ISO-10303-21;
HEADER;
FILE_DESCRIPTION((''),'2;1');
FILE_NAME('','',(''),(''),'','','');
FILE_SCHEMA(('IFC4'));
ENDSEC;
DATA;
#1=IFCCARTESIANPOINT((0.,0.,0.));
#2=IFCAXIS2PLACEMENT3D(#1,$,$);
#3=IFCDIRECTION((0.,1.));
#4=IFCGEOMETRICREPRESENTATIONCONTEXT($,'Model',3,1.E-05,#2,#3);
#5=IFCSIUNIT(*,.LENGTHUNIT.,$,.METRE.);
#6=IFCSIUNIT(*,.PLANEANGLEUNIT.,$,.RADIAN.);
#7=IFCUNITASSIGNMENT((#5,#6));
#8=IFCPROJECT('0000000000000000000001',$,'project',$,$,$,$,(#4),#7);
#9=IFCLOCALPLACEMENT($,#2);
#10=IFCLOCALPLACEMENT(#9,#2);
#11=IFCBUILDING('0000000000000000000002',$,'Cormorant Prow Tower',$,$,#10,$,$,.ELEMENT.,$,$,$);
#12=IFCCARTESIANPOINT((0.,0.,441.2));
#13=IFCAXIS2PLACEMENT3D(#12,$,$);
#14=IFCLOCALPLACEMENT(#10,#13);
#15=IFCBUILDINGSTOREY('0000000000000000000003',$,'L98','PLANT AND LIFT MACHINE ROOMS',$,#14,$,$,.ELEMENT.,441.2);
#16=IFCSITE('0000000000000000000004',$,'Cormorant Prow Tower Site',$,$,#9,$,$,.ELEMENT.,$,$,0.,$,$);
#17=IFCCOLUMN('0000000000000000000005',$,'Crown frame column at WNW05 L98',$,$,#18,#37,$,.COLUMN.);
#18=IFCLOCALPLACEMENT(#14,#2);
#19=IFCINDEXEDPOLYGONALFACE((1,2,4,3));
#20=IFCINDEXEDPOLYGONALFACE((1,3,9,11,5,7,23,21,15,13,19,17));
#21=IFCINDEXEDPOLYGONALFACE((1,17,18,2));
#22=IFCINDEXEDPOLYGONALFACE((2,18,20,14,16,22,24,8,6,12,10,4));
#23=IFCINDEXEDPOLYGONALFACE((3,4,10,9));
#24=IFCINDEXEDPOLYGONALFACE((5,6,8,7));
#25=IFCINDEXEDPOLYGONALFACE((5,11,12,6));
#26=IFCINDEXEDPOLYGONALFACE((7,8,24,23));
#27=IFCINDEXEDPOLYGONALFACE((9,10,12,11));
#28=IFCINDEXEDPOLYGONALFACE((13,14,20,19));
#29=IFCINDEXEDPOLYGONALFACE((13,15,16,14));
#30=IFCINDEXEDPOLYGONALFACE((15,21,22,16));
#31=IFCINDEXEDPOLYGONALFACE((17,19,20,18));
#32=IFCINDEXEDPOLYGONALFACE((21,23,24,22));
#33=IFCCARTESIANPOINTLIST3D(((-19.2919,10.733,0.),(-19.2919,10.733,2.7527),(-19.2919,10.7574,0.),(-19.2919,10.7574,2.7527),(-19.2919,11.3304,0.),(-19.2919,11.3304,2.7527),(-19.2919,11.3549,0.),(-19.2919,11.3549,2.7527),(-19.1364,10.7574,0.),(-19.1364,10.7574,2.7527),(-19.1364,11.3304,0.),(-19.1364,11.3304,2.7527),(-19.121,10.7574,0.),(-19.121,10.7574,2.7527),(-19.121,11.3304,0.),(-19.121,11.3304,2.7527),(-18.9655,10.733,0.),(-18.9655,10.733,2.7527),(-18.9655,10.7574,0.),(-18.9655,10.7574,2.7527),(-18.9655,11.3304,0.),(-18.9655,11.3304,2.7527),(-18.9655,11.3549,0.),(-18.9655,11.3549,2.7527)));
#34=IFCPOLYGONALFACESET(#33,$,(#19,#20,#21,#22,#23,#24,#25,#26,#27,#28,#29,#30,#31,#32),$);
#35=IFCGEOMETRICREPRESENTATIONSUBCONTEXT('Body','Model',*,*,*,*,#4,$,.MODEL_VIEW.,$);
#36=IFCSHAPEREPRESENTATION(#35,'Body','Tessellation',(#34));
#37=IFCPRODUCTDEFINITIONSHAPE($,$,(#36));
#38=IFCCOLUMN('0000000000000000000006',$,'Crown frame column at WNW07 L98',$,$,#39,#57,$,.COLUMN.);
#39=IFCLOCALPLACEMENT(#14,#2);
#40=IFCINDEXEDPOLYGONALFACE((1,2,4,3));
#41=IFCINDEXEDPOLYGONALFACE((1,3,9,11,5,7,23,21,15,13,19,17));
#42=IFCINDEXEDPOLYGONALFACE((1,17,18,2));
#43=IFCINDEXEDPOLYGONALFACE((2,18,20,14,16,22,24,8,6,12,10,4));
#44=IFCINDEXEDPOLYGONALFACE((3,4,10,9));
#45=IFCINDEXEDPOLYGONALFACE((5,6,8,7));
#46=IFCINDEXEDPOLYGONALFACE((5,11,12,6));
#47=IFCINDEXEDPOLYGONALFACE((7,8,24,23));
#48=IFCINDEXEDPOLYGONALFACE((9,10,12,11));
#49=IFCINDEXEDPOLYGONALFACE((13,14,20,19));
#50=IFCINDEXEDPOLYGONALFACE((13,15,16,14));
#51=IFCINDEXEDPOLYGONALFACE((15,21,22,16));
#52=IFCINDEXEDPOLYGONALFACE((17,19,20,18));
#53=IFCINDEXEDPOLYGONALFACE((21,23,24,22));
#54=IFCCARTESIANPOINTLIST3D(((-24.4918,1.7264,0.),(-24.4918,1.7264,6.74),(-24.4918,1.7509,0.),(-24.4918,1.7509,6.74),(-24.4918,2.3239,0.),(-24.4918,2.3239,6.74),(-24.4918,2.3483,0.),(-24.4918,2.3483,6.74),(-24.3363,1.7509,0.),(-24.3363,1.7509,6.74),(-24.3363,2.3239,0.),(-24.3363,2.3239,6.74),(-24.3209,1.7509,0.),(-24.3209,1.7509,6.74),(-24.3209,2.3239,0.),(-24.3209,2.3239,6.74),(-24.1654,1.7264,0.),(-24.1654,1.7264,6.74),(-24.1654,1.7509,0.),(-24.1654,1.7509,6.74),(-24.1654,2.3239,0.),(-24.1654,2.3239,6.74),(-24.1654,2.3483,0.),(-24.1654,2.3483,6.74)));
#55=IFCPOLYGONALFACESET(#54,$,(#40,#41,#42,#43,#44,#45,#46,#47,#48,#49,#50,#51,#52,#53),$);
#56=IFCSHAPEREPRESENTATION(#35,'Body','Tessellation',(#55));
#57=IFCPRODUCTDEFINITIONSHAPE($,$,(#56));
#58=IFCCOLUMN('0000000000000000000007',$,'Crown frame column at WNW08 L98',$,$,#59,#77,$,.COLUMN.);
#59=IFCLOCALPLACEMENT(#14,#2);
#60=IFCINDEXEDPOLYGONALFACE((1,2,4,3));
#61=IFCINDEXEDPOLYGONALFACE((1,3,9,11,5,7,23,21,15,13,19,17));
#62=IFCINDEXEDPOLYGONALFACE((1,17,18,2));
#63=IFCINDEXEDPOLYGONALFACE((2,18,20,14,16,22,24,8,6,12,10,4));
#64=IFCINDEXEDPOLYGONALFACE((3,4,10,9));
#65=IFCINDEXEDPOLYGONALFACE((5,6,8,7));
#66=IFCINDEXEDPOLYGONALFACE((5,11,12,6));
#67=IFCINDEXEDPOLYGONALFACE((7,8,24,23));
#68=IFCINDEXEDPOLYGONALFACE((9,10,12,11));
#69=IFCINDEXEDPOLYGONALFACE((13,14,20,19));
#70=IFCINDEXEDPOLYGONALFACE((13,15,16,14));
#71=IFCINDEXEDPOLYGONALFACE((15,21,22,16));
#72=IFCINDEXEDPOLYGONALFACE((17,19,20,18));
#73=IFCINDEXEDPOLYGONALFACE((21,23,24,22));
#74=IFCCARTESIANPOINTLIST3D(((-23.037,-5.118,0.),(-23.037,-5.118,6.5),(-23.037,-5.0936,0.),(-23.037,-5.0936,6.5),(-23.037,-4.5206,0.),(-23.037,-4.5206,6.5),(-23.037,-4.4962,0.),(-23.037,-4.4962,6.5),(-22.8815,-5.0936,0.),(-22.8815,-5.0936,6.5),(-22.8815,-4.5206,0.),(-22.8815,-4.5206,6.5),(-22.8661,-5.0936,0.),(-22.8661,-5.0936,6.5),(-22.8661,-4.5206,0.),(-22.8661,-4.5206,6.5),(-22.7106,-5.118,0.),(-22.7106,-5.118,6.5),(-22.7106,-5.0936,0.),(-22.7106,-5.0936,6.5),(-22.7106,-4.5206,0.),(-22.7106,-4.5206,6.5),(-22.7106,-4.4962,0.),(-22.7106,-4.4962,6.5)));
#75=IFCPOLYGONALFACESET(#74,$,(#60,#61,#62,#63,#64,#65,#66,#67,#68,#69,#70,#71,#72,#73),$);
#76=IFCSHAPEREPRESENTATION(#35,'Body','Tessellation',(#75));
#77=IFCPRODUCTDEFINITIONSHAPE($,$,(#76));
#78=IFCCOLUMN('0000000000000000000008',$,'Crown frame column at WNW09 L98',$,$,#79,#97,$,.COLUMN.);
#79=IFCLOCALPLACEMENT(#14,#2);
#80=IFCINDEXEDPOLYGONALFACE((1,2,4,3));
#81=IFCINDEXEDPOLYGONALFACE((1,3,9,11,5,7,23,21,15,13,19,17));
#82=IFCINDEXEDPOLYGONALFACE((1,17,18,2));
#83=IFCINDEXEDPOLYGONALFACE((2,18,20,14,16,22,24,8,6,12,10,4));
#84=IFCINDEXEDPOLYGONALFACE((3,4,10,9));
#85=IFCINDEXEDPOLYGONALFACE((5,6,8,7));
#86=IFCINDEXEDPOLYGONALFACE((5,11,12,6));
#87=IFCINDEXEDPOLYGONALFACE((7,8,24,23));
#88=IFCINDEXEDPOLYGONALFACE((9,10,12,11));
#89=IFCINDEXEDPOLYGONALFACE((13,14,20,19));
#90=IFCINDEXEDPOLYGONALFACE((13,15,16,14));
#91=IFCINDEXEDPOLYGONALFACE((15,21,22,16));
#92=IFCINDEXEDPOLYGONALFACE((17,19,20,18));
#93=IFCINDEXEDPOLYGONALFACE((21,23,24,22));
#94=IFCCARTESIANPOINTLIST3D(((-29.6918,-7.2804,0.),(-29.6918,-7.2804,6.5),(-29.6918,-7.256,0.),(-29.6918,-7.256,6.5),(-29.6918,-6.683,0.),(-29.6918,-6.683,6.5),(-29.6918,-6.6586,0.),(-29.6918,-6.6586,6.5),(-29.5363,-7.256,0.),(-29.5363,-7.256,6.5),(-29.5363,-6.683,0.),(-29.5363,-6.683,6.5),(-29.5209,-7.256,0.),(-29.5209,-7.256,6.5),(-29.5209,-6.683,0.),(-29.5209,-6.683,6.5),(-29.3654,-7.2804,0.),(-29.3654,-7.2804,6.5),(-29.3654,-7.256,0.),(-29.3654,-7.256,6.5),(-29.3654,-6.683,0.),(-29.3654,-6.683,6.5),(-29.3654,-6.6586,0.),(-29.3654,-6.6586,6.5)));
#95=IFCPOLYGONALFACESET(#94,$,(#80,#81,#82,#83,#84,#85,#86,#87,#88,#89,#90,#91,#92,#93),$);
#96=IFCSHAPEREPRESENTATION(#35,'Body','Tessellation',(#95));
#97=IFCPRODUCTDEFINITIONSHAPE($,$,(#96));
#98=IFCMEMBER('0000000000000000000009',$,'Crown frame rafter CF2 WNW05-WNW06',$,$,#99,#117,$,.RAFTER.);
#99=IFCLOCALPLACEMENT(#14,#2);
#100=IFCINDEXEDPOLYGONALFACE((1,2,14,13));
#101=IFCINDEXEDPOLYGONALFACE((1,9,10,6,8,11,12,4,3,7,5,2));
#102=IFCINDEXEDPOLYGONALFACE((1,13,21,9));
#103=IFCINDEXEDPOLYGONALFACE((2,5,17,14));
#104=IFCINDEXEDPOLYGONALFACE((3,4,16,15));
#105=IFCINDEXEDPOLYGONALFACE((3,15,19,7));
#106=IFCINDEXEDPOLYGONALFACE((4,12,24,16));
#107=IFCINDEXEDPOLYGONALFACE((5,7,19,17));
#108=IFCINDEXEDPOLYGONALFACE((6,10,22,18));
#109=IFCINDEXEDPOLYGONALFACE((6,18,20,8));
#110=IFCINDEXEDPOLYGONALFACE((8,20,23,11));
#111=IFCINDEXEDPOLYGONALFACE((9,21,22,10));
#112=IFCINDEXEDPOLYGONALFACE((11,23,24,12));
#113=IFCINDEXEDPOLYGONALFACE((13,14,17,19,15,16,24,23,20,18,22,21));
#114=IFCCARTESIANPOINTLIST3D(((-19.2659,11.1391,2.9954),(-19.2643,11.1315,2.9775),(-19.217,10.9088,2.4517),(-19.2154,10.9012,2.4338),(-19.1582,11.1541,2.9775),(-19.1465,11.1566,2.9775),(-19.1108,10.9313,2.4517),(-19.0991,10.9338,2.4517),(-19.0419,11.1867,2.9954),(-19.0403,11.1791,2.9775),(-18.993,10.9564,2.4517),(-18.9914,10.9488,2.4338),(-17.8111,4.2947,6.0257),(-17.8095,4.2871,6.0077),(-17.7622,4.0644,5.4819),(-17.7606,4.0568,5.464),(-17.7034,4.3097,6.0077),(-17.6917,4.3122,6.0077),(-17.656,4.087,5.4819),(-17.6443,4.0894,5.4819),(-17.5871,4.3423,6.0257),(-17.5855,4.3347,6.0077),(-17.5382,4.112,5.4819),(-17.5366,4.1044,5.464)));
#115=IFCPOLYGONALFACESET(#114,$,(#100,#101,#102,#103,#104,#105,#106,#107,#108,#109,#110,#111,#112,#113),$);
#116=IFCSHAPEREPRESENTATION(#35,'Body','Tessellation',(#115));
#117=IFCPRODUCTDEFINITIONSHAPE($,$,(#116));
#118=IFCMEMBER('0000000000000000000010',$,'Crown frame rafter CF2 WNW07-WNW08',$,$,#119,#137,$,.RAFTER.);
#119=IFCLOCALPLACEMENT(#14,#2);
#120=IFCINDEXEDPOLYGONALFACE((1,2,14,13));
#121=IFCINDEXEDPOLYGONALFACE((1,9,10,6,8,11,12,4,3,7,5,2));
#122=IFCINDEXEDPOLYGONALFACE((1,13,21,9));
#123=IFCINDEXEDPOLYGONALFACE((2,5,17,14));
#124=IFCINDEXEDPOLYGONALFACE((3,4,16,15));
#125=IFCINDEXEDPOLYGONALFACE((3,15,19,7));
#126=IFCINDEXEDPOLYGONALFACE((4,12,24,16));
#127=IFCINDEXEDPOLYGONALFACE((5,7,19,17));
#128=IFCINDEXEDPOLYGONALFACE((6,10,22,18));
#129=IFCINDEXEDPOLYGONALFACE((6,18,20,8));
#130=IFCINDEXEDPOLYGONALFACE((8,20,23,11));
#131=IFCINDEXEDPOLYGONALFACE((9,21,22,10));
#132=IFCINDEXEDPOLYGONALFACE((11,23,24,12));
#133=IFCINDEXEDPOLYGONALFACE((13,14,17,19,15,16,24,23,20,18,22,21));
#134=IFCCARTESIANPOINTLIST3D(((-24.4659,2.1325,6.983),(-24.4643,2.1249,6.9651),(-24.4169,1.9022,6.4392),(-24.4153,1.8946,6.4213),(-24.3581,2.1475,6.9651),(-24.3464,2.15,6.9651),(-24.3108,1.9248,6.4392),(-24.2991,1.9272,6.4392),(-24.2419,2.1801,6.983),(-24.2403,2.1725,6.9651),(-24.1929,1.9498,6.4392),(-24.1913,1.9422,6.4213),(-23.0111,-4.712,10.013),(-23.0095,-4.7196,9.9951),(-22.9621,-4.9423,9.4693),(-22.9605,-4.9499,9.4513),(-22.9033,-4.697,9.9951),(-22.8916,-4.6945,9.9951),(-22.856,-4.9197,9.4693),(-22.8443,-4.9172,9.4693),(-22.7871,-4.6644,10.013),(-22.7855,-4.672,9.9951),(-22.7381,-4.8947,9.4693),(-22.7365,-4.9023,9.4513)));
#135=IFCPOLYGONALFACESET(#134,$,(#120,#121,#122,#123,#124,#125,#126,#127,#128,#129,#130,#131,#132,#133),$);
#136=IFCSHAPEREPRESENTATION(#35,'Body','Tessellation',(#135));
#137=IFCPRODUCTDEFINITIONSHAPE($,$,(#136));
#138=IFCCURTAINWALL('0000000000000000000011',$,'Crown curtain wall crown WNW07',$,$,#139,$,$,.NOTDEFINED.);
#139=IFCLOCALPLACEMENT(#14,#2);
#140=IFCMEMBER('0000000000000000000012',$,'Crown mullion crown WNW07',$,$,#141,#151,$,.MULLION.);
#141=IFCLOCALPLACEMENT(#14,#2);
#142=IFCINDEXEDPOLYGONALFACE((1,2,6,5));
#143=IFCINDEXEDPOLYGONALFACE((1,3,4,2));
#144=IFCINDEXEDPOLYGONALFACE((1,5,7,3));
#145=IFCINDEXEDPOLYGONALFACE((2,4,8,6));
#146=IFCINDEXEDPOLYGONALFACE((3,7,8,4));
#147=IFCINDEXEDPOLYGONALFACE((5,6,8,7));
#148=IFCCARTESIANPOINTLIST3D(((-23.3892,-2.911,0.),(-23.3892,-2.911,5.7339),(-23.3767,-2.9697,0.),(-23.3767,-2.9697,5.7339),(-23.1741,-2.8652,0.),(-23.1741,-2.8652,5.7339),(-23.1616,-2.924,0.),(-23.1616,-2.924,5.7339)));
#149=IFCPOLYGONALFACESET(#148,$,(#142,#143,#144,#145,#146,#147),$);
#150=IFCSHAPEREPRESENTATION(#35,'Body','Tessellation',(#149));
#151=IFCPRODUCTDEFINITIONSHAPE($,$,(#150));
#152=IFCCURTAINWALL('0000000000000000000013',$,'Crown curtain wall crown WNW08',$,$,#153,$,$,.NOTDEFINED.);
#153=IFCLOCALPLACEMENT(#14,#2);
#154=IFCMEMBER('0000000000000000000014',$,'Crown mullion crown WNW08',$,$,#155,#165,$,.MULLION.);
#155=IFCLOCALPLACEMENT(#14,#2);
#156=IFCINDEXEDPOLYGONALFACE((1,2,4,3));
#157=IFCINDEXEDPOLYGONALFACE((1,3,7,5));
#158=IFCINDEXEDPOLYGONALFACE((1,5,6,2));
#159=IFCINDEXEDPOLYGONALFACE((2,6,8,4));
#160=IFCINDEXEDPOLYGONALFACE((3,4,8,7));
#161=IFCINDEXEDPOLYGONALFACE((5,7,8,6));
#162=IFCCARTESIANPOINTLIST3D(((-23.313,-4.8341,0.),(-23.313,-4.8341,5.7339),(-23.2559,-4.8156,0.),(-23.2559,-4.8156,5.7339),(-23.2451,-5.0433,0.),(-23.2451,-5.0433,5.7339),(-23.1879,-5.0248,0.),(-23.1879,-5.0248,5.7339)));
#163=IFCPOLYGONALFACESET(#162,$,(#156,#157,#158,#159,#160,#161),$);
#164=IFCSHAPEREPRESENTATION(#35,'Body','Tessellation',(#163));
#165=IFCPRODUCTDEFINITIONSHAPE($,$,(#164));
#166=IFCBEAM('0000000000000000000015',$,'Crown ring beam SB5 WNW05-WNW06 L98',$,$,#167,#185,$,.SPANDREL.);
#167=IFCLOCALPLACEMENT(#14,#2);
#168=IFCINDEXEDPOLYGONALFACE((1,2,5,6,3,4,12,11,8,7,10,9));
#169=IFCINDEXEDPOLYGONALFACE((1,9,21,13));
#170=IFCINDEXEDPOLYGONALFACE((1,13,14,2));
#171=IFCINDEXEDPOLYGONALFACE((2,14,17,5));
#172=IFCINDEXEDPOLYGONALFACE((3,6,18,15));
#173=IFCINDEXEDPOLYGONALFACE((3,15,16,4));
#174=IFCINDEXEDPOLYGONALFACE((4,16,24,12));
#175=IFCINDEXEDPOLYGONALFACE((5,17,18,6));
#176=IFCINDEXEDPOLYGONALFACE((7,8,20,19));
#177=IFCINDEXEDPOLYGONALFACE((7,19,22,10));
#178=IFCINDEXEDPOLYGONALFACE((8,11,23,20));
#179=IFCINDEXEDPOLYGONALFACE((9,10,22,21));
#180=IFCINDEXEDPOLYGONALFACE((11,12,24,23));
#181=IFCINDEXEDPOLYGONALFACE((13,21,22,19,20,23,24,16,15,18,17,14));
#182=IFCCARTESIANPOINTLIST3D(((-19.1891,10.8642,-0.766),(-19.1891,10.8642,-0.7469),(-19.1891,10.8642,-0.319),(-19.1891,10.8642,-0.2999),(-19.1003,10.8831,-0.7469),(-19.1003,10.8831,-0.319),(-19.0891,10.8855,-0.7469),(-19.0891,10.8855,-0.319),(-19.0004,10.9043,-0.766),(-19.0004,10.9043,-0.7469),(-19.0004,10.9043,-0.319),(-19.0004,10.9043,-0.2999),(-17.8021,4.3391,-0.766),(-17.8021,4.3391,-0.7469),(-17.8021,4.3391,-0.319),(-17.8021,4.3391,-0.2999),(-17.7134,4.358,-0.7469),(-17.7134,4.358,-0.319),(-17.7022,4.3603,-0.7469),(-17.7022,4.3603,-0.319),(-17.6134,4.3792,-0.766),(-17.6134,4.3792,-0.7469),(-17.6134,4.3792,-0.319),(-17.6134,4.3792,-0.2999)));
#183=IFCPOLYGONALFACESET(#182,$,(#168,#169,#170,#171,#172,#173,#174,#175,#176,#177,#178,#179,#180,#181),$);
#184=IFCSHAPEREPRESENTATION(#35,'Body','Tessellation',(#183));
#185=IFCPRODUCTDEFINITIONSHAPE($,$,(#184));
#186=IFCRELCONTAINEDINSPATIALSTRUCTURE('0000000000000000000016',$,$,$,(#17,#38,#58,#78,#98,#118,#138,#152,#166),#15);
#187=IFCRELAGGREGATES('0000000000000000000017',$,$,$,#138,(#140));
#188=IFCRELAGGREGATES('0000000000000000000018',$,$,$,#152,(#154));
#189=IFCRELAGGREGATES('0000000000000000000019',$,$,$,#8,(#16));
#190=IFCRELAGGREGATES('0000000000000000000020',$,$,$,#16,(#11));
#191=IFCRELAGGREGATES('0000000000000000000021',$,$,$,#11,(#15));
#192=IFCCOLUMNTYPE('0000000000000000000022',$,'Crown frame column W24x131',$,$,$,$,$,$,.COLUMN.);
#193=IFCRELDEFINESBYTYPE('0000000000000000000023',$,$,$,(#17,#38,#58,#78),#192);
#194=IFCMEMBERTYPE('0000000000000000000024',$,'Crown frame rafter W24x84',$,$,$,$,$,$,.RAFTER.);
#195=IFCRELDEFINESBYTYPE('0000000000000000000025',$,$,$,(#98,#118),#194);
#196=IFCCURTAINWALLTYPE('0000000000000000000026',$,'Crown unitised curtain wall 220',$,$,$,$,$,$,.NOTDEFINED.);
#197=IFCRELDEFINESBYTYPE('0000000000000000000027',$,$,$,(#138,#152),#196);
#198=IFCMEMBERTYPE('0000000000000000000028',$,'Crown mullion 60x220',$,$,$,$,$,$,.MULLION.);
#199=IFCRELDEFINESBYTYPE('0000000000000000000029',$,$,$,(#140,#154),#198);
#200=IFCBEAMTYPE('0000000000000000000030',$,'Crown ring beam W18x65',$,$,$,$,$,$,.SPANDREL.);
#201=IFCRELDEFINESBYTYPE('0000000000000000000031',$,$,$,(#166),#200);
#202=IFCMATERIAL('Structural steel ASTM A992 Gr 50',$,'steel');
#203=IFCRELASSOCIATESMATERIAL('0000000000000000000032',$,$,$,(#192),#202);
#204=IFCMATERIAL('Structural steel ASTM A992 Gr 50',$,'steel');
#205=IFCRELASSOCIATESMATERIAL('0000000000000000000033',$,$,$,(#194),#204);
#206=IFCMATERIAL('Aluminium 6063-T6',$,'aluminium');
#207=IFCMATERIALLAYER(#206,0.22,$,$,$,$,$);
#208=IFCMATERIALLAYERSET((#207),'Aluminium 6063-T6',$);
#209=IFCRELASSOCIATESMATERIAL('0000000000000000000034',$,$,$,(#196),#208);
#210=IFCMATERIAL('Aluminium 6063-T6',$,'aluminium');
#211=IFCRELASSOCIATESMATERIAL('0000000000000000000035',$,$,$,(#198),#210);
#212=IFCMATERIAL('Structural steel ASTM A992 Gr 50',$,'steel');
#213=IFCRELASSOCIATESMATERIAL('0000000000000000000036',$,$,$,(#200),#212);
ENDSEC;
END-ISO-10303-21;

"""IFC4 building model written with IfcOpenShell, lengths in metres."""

from ifc_helpers import new_model, si_unit, direction, frame, origin, origin_2d, place, context, subcontext, project, spatial, rectangle, i_section, extrude, material, layer, layer_set, material_profile, profile_set, type_object, element, aggregate, save


model = new_model("IFC4")

# Units and contexts
model_context = context("Model", 3, precision=1e-05, world=origin(), true_north=direction((0.0, 1.0)))
body_context = subcontext(model_context, "Body", "Model", "MODEL_VIEW")
ifc_project = project(units=[si_unit("LENGTHUNIT", "METRE"), si_unit("PLANEANGLEUNIT", "RADIAN")], contexts=[model_context])

# Site, building, storey
site_placement = place(None, origin())
site = spatial("IfcSite", under=ifc_project, at=site_placement, Name="Cormorant Prow Tower Site", CompositionType="ELEMENT", RefElevation=0.0)
building_placement = place(site_placement, origin())
building = spatial("IfcBuilding", under=site, at=building_placement, Name="Cormorant Prow Tower", CompositionType="ELEMENT")
storey_placement = place(building_placement, frame((0.0, 0.0, 441.2)))
storey = spatial("IfcBuildingStorey", under=building, at=storey_placement, Name="L98", Description="PLANT AND LIFT MACHINE ROOMS", CompositionType="ELEMENT", Elevation=441.2)

# Columns
ifc_material_1 = material(Name="Structural steel ASTM A992 Gr 50", Category="steel")
ifc_material_profile_1 = material_profile(ifc_material_1, i_section(OverallWidth=0.3264, OverallDepth=0.6218, WebThickness=0.0154, FlangeThickness=0.0244, at=origin_2d()), Name="W24x131")
ifc_profile_set_1 = profile_set([ifc_material_profile_1], Name="Structural steel ASTM A992 Gr 50")
column_type = type_object("IfcColumnType", Name="Crown frame column W24x131", PredefinedType="COLUMN", material=ifc_profile_set_1)
column_1_placement = place(storey_placement, frame((-19.1287, 11.0439, 0.0), z_axis=(0.0, 0.0, 1.0), x_axis=(1.0, 0.0, 0.0)))
element("IfcColumn", 1, at=column_1_placement, inside=storey, type_object=column_type, Name="Crown frame column at WNW05 L98", PredefinedType="COLUMN", context=body_context, shape_type="SweptSolid", body=[
    extrude(i_section(OverallWidth=0.3264, OverallDepth=0.6218, WebThickness=0.0154, FlangeThickness=0.0244, at=origin_2d()), origin(), (0.0, 0.0, 1.0), 2.7527),
])
column_2_placement = place(storey_placement, frame((-24.3286, 2.0374, 0.0), z_axis=(0.0, 0.0, 1.0), x_axis=(1.0, 0.0, 0.0)))
element("IfcColumn", 2, at=column_2_placement, inside=storey, type_object=column_type, Name="Crown frame column at WNW07 L98", PredefinedType="COLUMN", context=body_context, shape_type="SweptSolid", body=[
    extrude(i_section(OverallWidth=0.3264, OverallDepth=0.6218, WebThickness=0.0154, FlangeThickness=0.0244, at=origin_2d()), origin(), (0.0, 0.0, 1.0), 6.74),
])
for number, where, z_axis, x_axis, name in (
    (3, (-22.8738, -4.8071, 0.0), (0.0, 0.0, 1.0), (1.0, 0.0, 0.0), "Crown frame column at WNW08 L98"),
    (4, (-29.5286, -6.9695, 0.0), (0.0, 0.0, 1.0), (1.0, 0.0, 0.0), "Crown frame column at WNW09 L98"),
):
    element("IfcColumn", number, at=place(storey_placement, frame(where, z_axis=z_axis, x_axis=x_axis)), inside=storey, type_object=column_type, Name=name, PredefinedType="COLUMN", context=body_context, shape_type="SweptSolid", body=[
        extrude(i_section(OverallWidth=0.3264, OverallDepth=0.6218, WebThickness=0.0154, FlangeThickness=0.0244, at=origin_2d()), origin(), (0.0, 0.0, 1.0), 6.5),
    ])

# Members
ifc_material_2 = material(Name="Structural steel ASTM A992 Gr 50", Category="steel")
ifc_material_profile_2 = material_profile(ifc_material_2, i_section(OverallWidth=0.229, OverallDepth=0.6121, WebThickness=0.012, FlangeThickness=0.0195, at=origin_2d()), Name="W24x84")
ifc_profile_set_2 = profile_set([ifc_material_profile_2], Name="Structural steel ASTM A992 Gr 50")
member_type_1 = type_object("IfcMemberType", Name="Crown frame rafter W24x84", PredefinedType="RAFTER", material=ifc_profile_set_2)
for number, where, z_axis, x_axis, name in (
    (5, (-19.1287, 11.0439, 2.7146), (0.190789, -0.897595, 0.397394), (0.978148, 0.207911, 0.0), "Crown frame rafter CF2 WNW05-WNW06"),
    (6, (-24.3286, 2.0374, 6.7021), (0.190791, -0.897607, 0.397367), (0.978148, 0.207911, 0.0), "Crown frame rafter CF2 WNW07-WNW08"),
):
    element("IfcMember", number, at=place(storey_placement, frame(where, z_axis=z_axis, x_axis=x_axis)), inside=storey, type_object=member_type_1, Name=name, PredefinedType="RAFTER", context=body_context, shape_type="SweptSolid", body=[
        extrude(i_section(OverallWidth=0.229, OverallDepth=0.6121, WebThickness=0.012, FlangeThickness=0.0195, at=origin_2d()), origin(), (0.0, 0.0, 1.0), 7.6252),
    ])

# Curtain walls, members
ifc_material_3 = material(Name="Aluminium 6063-T6", Category="aluminium")
ifc_layer_1 = layer(ifc_material_3, 0.22)
ifc_layer_set_1 = layer_set([ifc_layer_1], Name="Aluminium 6063-T6")
curtain_wall_type = type_object("IfcCurtainWallType", Name="Crown unitised curtain wall 220", PredefinedType="NOTDEFINED", material=ifc_layer_set_1)
curtain_wall_1_placement = place(storey_placement, origin())
curtain_wall_1 = element("IfcCurtainWall", 7, at=curtain_wall_1_placement, inside=storey, type_object=curtain_wall_type, Name="Crown curtain wall crown WNW07", PredefinedType="NOTDEFINED")
ifc_material_4 = material(Name="Aluminium 6063-T6", Category="aluminium")
ifc_material_profile_3 = material_profile(ifc_material_4, rectangle(XDim=0.22, YDim=0.0601, at=origin_2d()), Name="Crown mullion 60x220")
ifc_profile_set_3 = profile_set([ifc_material_profile_3], Name="Aluminium 6063-T6")
member_type_2 = type_object("IfcMemberType", Name="Crown mullion 60x220", PredefinedType="MULLION", material=ifc_profile_set_3)
member_1_placement = place(storey_placement, frame((-23.2754, -2.9175, 0.0), z_axis=(0.0, 0.0, 1.0), x_axis=(0.978148, 0.207912, 0.0)))
member_1 = element("IfcMember", 8, at=member_1_placement, type_object=member_type_2, Name="Crown mullion crown WNW07", PredefinedType="MULLION", context=body_context, shape_type="SweptSolid", body=[
    extrude(rectangle(XDim=0.22, YDim=0.0601, at=origin_2d()), origin(), (0.0, 0.0, 1.0), 5.7339),
])
curtain_wall_2_placement = place(storey_placement, origin())
curtain_wall_2 = element("IfcCurtainWall", 9, at=curtain_wall_2_placement, inside=storey, type_object=curtain_wall_type, Name="Crown curtain wall crown WNW08", PredefinedType="NOTDEFINED")
member_2_placement = place(storey_placement, frame((-23.2505, -4.9294, 0.0), z_axis=(0.0, 0.0, 1.0), x_axis=(0.309017, -0.951057, 0.0)))
member_2 = element("IfcMember", 10, at=member_2_placement, type_object=member_type_2, Name="Crown mullion crown WNW08", PredefinedType="MULLION", context=body_context, shape_type="SweptSolid", body=[
    extrude(rectangle(XDim=0.22, YDim=0.0601, at=origin_2d()), origin(), (0.0, 0.0, 1.0), 5.7339),
])

# Beam
ifc_material_5 = material(Name="Structural steel ASTM A992 Gr 50", Category="steel")
ifc_material_profile_4 = material_profile(ifc_material_5, i_section(OverallWidth=0.1929, OverallDepth=0.4661, WebThickness=0.0115, FlangeThickness=0.019, at=origin_2d()), Name="W18x65")
ifc_profile_set_4 = profile_set([ifc_material_profile_4], Name="Structural steel ASTM A992 Gr 50")
beam_type = type_object("IfcBeamType", Name="Crown ring beam W18x65", PredefinedType="SPANDREL", material=ifc_profile_set_4)
for number, where, z_axis, x_axis, name in (
    (11, (-19.0947, 10.8843, -0.533), (0.207912, -0.978148, 0.0), (0.978148, 0.207912, 0.0), "Crown ring beam SB5 WNW05-WNW06 L98"),
):
    element("IfcBeam", number, at=place(storey_placement, frame(where, z_axis=z_axis, x_axis=x_axis)), inside=storey, type_object=beam_type, Name=name, PredefinedType="SPANDREL", context=body_context, shape_type="SweptSolid", body=[
        extrude(i_section(OverallWidth=0.1929, OverallDepth=0.4661, WebThickness=0.0115, FlangeThickness=0.019, at=origin_2d()), origin(), (0.0, 0.0, 1.0), 6.6709),
    ])

aggregate(curtain_wall_1, [member_1])
aggregate(curtain_wall_2, [member_2])

save(model, "model.ifc")
